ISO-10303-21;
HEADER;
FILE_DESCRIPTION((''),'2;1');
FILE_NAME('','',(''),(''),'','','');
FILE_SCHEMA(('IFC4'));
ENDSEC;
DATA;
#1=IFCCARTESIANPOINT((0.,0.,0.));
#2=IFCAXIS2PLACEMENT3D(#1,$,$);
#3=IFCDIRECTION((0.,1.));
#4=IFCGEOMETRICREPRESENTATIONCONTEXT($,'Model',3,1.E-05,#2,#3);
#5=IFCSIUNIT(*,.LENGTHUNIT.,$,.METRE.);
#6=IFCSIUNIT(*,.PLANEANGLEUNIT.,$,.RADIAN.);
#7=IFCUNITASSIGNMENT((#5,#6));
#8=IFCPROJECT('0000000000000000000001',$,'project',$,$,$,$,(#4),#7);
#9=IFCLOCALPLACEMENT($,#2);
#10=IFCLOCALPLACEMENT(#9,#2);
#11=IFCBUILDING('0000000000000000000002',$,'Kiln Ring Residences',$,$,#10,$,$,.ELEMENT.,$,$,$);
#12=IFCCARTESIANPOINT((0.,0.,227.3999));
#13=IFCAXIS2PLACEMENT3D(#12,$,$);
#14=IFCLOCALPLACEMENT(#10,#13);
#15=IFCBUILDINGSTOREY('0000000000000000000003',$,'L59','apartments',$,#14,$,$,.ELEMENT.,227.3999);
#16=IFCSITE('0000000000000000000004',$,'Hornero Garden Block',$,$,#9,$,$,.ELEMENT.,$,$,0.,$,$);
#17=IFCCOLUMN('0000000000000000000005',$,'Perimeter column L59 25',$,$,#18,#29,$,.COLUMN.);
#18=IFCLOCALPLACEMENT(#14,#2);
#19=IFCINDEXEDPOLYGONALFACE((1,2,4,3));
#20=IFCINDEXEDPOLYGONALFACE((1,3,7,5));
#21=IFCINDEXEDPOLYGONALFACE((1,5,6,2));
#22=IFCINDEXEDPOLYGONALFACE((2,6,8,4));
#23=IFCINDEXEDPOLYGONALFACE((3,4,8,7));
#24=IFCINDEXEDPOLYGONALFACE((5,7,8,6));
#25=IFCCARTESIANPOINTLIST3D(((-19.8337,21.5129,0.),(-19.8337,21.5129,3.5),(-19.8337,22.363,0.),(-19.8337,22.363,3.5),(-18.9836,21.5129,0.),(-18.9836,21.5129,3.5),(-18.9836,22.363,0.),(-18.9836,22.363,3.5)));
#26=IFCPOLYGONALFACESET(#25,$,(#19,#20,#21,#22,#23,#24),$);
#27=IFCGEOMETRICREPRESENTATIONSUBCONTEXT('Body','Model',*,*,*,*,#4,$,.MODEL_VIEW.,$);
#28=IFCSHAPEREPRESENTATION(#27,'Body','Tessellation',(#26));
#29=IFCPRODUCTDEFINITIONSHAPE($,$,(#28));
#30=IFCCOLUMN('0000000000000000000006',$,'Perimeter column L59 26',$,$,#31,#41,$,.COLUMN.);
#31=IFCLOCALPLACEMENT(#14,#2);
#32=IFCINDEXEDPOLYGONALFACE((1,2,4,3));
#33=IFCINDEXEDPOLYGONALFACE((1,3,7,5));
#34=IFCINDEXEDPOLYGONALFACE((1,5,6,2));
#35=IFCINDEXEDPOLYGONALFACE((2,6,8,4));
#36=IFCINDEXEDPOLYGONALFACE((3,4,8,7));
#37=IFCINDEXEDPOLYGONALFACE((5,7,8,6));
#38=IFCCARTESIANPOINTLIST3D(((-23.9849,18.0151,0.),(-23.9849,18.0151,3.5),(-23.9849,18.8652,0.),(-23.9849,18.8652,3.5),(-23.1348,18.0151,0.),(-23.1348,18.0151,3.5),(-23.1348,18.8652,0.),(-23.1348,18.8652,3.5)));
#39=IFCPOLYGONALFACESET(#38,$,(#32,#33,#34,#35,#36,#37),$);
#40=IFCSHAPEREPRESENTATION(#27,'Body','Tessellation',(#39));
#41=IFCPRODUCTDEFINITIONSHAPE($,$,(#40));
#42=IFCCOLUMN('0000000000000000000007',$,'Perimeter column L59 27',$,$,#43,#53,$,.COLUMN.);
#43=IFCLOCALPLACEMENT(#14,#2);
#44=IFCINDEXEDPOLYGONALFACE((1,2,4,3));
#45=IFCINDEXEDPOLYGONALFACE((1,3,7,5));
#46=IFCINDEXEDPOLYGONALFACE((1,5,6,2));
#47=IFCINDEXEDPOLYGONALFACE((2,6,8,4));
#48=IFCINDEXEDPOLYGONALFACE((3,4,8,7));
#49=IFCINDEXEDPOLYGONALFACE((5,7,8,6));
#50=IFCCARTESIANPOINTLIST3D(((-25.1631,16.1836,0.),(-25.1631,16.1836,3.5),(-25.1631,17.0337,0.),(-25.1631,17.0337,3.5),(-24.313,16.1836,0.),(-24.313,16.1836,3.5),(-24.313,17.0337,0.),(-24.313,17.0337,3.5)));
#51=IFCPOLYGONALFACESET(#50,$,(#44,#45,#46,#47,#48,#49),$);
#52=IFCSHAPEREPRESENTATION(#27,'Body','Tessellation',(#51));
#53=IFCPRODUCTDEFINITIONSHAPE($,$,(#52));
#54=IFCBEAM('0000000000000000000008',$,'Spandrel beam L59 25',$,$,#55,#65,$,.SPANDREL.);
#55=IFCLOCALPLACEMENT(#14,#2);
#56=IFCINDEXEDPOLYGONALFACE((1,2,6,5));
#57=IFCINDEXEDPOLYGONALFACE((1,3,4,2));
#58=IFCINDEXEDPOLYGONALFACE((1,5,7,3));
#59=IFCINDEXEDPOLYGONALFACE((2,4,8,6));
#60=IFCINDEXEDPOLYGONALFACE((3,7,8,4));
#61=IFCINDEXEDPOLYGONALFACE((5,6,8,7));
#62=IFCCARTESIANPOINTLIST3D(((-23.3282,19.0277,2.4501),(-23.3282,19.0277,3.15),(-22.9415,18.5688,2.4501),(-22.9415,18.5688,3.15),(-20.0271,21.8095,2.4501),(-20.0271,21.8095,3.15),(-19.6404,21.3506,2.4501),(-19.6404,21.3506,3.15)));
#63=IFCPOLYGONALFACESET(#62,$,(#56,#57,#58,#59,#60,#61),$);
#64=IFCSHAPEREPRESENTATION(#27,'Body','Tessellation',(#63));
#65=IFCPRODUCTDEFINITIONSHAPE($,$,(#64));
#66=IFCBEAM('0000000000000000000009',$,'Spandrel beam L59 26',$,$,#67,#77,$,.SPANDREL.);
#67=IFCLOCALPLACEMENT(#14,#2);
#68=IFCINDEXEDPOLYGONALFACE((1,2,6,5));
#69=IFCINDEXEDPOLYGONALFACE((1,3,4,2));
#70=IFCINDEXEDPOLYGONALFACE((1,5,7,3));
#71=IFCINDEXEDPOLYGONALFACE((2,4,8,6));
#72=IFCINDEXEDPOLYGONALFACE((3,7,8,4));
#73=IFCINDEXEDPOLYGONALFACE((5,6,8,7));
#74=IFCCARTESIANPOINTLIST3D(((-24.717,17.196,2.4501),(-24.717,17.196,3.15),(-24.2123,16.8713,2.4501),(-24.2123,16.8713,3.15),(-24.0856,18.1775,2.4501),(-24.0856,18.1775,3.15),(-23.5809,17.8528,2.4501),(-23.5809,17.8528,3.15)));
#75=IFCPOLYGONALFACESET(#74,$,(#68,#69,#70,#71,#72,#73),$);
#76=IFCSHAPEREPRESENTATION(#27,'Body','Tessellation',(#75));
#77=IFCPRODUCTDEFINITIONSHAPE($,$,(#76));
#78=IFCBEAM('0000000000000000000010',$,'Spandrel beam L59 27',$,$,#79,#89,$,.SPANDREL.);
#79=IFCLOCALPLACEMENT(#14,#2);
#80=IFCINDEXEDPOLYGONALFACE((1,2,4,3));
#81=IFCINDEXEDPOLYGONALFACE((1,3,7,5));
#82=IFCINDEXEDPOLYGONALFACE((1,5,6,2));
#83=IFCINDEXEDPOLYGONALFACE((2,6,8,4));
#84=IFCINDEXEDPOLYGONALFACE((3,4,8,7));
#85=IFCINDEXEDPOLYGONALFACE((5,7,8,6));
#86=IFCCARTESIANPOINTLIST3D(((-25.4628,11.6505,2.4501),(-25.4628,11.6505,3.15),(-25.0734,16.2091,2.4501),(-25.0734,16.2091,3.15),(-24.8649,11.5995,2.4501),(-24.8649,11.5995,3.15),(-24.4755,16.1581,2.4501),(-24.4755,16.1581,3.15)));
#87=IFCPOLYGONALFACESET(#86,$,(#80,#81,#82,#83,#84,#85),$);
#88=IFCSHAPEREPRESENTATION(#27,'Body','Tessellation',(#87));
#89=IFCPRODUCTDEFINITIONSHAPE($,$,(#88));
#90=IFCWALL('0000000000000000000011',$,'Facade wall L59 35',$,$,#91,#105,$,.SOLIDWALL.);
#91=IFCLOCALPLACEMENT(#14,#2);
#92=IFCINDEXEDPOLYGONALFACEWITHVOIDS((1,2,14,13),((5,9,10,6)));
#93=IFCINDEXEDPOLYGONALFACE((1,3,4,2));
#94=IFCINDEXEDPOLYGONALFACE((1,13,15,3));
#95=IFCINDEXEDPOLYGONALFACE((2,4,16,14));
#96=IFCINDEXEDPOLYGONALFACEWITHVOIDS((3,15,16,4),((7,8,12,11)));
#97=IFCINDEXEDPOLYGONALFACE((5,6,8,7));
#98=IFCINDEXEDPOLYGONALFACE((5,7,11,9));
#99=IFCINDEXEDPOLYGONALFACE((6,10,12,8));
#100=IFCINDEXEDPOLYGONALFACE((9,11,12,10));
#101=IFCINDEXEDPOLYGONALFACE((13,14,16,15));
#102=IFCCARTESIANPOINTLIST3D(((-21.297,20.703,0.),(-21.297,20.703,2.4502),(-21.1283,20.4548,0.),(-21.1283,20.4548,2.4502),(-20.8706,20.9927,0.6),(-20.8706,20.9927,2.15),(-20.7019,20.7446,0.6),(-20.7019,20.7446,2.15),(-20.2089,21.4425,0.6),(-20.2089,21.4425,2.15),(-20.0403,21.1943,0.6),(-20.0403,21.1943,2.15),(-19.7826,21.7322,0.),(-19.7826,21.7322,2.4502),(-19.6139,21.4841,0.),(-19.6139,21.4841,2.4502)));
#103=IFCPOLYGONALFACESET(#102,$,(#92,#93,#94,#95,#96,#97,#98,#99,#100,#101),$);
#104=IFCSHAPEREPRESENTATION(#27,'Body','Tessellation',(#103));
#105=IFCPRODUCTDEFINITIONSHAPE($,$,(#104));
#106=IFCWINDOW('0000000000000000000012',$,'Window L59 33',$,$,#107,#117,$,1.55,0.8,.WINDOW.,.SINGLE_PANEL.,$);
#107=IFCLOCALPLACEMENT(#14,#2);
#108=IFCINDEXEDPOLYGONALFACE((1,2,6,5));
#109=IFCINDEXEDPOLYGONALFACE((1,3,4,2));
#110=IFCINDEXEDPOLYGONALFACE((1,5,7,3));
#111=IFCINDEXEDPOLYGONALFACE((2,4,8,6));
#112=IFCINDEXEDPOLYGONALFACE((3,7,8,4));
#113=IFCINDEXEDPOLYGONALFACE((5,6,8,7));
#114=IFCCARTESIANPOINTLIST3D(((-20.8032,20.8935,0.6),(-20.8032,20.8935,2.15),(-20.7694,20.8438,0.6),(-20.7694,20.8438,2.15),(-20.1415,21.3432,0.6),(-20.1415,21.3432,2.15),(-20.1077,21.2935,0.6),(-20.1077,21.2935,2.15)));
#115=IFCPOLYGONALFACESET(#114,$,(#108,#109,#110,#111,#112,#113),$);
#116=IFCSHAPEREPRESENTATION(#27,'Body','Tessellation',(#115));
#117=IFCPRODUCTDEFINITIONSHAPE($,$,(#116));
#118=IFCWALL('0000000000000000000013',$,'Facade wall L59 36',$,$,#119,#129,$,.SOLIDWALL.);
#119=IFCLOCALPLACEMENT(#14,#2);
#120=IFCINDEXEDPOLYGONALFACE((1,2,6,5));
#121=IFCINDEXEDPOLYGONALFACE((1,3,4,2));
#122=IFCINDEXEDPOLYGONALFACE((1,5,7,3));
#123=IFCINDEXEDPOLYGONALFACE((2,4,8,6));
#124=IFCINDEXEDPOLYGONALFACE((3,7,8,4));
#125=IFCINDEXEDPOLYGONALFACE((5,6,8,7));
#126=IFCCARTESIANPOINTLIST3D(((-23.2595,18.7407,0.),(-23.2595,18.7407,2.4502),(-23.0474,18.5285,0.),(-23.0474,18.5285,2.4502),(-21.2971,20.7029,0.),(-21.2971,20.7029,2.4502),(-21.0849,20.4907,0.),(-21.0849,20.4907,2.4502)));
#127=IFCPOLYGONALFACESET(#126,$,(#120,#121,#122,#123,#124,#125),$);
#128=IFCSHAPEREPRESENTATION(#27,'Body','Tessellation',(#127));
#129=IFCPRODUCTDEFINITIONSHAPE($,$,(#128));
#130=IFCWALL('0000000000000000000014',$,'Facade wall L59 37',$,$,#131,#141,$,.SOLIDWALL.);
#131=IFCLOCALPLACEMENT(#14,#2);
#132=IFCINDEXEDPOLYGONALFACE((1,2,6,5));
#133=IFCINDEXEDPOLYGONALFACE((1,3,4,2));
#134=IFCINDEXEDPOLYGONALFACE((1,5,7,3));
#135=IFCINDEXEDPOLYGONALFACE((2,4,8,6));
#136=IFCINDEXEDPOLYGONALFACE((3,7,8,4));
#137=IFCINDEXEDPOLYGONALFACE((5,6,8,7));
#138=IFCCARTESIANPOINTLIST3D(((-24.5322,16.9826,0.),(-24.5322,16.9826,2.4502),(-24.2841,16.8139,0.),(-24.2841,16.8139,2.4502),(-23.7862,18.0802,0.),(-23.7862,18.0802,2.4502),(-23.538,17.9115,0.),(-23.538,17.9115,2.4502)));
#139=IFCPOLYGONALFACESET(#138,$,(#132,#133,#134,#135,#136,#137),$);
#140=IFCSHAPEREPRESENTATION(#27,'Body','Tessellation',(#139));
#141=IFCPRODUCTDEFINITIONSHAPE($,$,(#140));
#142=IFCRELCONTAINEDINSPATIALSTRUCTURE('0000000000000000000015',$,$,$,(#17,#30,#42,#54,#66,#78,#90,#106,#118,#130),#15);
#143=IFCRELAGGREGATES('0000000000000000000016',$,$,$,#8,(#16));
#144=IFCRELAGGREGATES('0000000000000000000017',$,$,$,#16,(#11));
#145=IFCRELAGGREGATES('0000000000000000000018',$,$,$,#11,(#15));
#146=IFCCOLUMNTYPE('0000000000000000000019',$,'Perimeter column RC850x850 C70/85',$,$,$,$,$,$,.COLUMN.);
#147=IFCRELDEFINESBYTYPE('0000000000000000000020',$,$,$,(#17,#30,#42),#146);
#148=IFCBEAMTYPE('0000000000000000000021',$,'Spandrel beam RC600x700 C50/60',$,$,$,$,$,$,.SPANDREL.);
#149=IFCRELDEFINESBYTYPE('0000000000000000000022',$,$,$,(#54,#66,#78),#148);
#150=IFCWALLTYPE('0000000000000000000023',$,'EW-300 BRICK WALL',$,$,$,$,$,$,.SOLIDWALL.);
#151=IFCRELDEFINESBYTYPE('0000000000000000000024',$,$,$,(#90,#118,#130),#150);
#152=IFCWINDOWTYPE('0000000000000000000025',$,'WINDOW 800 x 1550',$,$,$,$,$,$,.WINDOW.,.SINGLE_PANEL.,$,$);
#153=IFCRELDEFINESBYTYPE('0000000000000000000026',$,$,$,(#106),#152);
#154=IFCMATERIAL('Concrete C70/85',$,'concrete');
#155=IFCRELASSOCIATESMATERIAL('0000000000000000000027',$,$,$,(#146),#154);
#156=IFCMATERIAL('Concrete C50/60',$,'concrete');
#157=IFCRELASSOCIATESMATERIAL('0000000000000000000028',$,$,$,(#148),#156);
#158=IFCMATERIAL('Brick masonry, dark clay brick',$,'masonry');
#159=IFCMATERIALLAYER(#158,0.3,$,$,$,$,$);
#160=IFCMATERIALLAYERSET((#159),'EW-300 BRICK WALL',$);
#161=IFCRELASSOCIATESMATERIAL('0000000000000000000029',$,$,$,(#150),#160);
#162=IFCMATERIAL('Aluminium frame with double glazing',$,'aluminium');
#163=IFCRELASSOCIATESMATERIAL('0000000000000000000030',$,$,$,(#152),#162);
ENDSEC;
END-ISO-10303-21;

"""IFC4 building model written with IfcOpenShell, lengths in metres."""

from ifc_helpers import new_model, si_unit, direction, frame, frame_2d, origin, origin_2d, place, context, subcontext, project, spatial, rectangle, extrude, material, layer, layer_set, material_profile, profile_set, type_object, element, fill, save


model = new_model("IFC4")

# Units and contexts
model_context = context("Model", 3, precision=1e-05, world=origin(), true_north=direction((0.0, 1.0)))
body_context = subcontext(model_context, "Body", "Model", "MODEL_VIEW")
ifc_project = project(units=[si_unit("LENGTHUNIT", "METRE"), si_unit("PLANEANGLEUNIT", "RADIAN")], contexts=[model_context])

# Site, building, storey
site_placement = place(None, origin())
site = spatial("IfcSite", under=ifc_project, at=site_placement, Name="Hornero Garden Block", CompositionType="ELEMENT", RefElevation=0.0)
building_placement = place(site_placement, origin())
building = spatial("IfcBuilding", under=site, at=building_placement, Name="Kiln Ring Residences", CompositionType="ELEMENT")
storey_placement = place(building_placement, frame((0.0, 0.0, 227.3999)))
storey = spatial("IfcBuildingStorey", under=building, at=storey_placement, Name="L59", Description="apartments", CompositionType="ELEMENT", Elevation=227.3999)

# Columns
ifc_material_1 = material(Name="Concrete C70/85", Category="concrete")
ifc_material_profile_1 = material_profile(ifc_material_1, rectangle(XDim=0.8501, YDim=0.8501, at=origin_2d()), Name="RC850x850")
ifc_profile_set_1 = profile_set([ifc_material_profile_1], Name="Concrete C70/85")
column_type = type_object("IfcColumnType", Name="Perimeter column RC850x850 C70/85", PredefinedType="COLUMN", material=ifc_profile_set_1)
for number, where, z_axis, x_axis, name in (
    (1, (-19.4087, 21.938, 0.0), (0.0, 0.0, 1.0), (1.0, 0.0, 0.0), "Perimeter column L59 25"),
    (2, (-23.5598, 18.4402, 0.0), (0.0, 0.0, 1.0), (1.0, 0.0, 0.0), "Perimeter column L59 26"),
    (3, (-24.738, 16.6086, 0.0), (0.0, 0.0, 1.0), (1.0, 0.0, 0.0), "Perimeter column L59 27"),
):
    element("IfcColumn", number, at=place(storey_placement, frame(where, z_axis=z_axis, x_axis=x_axis)), inside=storey, type_object=column_type, Name=name, PredefinedType="COLUMN", context=body_context, shape_type="SweptSolid", body=[
        extrude(rectangle(XDim=0.8501, YDim=0.8501, at=origin_2d()), origin(), (0.0, 0.0, 1.0), 3.5),
    ])

# Beams
ifc_material_2 = material(Name="Concrete C50/60", Category="concrete")
ifc_material_profile_2 = material_profile(ifc_material_2, rectangle(XDim=0.6001, YDim=0.7, at=origin_2d()), Name="RC600x700")
ifc_profile_set_2 = profile_set([ifc_material_profile_2], Name="Concrete C50/60")
beam_type = type_object("IfcBeamType", Name="Spandrel beam RC600x700 C50/60", PredefinedType="SPANDREL", material=ifc_profile_set_2)
beam_1_placement = place(storey_placement, frame((-19.8337, 21.5801, 2.8), z_axis=(-0.764691, -0.644397, 0.0), x_axis=(0.644397, -0.764691, 0.0)))
element("IfcBeam", 4, at=beam_1_placement, inside=storey, type_object=beam_type, Name="Spandrel beam L59 25", PredefinedType="SPANDREL", context=body_context, shape_type="SweptSolid", body=[
    extrude(rectangle(XDim=0.6001, YDim=0.7, at=origin_2d()), origin(), (0.0, 0.0, 1.0), 4.3169),
])
beam_2_placement = place(storey_placement, frame((-23.8333, 18.0151, 2.8), z_axis=(-0.541011, -0.841015, 0.0), x_axis=(0.841015, -0.541011, 0.0)))
element("IfcBeam", 5, at=beam_2_placement, inside=storey, type_object=beam_type, Name="Spandrel beam L59 26", PredefinedType="SPANDREL", context=body_context, shape_type="SweptSolid", body=[
    extrude(rectangle(XDim=0.6001, YDim=0.7, at=origin_2d()), origin(), (0.0, 0.0, 1.0), 1.167),
])
beam_3_placement = place(storey_placement, frame((-24.7744, 16.1836, 2.8), z_axis=(-0.085112, -0.996371, 0.0), x_axis=(0.996371, -0.085112, 0.0)))
element("IfcBeam", 6, at=beam_3_placement, inside=storey, type_object=beam_type, Name="Spandrel beam L59 27", PredefinedType="SPANDREL", context=body_context, shape_type="SweptSolid", body=[
    extrude(rectangle(XDim=0.6001, YDim=0.7, at=origin_2d()), origin(), (0.0, 0.0, 1.0), 4.5752),
])

# Wall, opening, window
ifc_material_3 = material(Name="Brick masonry, dark clay brick", Category="masonry")
ifc_layer_1 = layer(ifc_material_3, 0.3)
ifc_layer_set_1 = layer_set([ifc_layer_1], Name="EW-300 BRICK WALL")
wall_type_1 = type_object("IfcWallType", Name="EW-300 BRICK WALL", PredefinedType="SOLIDWALL", material=ifc_layer_set_1)
wall_1_placement = place(storey_placement, frame((-19.6982, 21.6082, 0.0), z_axis=(0.0, 0.0, 1.0), x_axis=(-0.827053, -0.562124, 0.0)))
wall_1 = element("IfcWall", 7, at=wall_1_placement, inside=storey, type_object=wall_type_1, Name="Facade wall L59 35", PredefinedType="SOLIDWALL", context=body_context, shape_type="SweptSolid", body=[
    extrude(rectangle(XDim=1.8311, YDim=0.3, at=frame_2d((0.9155, 0.0))), origin(), (0.0, 0.0, 1.0), 2.4502),
])
opening_1_placement = place(wall_1_placement, frame((0.5156, 0.0, 0.6001)))
opening_1 = element("IfcOpeningElement", 8, at=opening_1_placement, cuts=wall_1, PredefinedType="OPENING", context=body_context, shape_type="SweptSolid", body=[
    extrude(rectangle(XDim=0.8, YDim=1.55, at=frame_2d((0.3999, 0.7749))), frame((0.0, 0.1599, 0.0), z_axis=(0.0, -1.0, 0.0), x_axis=(1.0, 0.0, 0.0)), (0.0, 0.0, 1.0), 0.3201),
])
ifc_material_4 = material(Name="Aluminium frame with double glazing", Category="aluminium")
window_type = type_object("IfcWindowType", Name="WINDOW 800 x 1550", PartitioningType="SINGLE_PANEL", PredefinedType="WINDOW", material=ifc_material_4)
window_placement = place(opening_1_placement, origin())
window = element("IfcWindow", 9, at=window_placement, inside=storey, type_object=window_type, Name="Window L59 33", OverallHeight=1.55, OverallWidth=0.8, PartitioningType="SINGLE_PANEL", PredefinedType="WINDOW", context=body_context, shape_type="SweptSolid", body=[
    extrude(rectangle(XDim=0.8, YDim=1.55, at=frame_2d((0.3999, 0.7749))), frame((0.0, 0.03, 0.0), z_axis=(0.0, -1.0, 0.0), x_axis=(1.0, 0.0, 0.0)), (0.0, 0.0, 1.0), 0.0601),
])
fill(opening_1, window)

# Walls
wall_2_placement = place(storey_placement, frame((-21.1909, 20.5969, 0.0), z_axis=(0.0, 0.0, 1.0), x_axis=(-0.707151, -0.707063, 0.0)))
element("IfcWall", 10, at=wall_2_placement, inside=storey, type_object=wall_type_1, Name="Facade wall L59 36", PredefinedType="SOLIDWALL", context=body_context, shape_type="SweptSolid", body=[
    extrude(rectangle(XDim=2.7751, YDim=0.3, at=frame_2d((1.3877, 0.0))), origin(), (0.0, 0.0, 1.0), 2.4502),
])
wall_3_placement = place(storey_placement, frame((-23.6621, 17.9958, 0.0), z_axis=(0.0, 0.0, 1.0), x_axis=(-0.562149, -0.827036, 0.0)))
element("IfcWall", 11, at=wall_3_placement, inside=storey, type_object=wall_type_1, Name="Facade wall L59 37", PredefinedType="SOLIDWALL", context=body_context, shape_type="SweptSolid", body=[
    extrude(rectangle(XDim=1.3271, YDim=0.3, at=frame_2d((0.6636, 0.0))), origin(), (0.0, 0.0, 1.0), 2.4502),
])

save(model, "model.ifc")
